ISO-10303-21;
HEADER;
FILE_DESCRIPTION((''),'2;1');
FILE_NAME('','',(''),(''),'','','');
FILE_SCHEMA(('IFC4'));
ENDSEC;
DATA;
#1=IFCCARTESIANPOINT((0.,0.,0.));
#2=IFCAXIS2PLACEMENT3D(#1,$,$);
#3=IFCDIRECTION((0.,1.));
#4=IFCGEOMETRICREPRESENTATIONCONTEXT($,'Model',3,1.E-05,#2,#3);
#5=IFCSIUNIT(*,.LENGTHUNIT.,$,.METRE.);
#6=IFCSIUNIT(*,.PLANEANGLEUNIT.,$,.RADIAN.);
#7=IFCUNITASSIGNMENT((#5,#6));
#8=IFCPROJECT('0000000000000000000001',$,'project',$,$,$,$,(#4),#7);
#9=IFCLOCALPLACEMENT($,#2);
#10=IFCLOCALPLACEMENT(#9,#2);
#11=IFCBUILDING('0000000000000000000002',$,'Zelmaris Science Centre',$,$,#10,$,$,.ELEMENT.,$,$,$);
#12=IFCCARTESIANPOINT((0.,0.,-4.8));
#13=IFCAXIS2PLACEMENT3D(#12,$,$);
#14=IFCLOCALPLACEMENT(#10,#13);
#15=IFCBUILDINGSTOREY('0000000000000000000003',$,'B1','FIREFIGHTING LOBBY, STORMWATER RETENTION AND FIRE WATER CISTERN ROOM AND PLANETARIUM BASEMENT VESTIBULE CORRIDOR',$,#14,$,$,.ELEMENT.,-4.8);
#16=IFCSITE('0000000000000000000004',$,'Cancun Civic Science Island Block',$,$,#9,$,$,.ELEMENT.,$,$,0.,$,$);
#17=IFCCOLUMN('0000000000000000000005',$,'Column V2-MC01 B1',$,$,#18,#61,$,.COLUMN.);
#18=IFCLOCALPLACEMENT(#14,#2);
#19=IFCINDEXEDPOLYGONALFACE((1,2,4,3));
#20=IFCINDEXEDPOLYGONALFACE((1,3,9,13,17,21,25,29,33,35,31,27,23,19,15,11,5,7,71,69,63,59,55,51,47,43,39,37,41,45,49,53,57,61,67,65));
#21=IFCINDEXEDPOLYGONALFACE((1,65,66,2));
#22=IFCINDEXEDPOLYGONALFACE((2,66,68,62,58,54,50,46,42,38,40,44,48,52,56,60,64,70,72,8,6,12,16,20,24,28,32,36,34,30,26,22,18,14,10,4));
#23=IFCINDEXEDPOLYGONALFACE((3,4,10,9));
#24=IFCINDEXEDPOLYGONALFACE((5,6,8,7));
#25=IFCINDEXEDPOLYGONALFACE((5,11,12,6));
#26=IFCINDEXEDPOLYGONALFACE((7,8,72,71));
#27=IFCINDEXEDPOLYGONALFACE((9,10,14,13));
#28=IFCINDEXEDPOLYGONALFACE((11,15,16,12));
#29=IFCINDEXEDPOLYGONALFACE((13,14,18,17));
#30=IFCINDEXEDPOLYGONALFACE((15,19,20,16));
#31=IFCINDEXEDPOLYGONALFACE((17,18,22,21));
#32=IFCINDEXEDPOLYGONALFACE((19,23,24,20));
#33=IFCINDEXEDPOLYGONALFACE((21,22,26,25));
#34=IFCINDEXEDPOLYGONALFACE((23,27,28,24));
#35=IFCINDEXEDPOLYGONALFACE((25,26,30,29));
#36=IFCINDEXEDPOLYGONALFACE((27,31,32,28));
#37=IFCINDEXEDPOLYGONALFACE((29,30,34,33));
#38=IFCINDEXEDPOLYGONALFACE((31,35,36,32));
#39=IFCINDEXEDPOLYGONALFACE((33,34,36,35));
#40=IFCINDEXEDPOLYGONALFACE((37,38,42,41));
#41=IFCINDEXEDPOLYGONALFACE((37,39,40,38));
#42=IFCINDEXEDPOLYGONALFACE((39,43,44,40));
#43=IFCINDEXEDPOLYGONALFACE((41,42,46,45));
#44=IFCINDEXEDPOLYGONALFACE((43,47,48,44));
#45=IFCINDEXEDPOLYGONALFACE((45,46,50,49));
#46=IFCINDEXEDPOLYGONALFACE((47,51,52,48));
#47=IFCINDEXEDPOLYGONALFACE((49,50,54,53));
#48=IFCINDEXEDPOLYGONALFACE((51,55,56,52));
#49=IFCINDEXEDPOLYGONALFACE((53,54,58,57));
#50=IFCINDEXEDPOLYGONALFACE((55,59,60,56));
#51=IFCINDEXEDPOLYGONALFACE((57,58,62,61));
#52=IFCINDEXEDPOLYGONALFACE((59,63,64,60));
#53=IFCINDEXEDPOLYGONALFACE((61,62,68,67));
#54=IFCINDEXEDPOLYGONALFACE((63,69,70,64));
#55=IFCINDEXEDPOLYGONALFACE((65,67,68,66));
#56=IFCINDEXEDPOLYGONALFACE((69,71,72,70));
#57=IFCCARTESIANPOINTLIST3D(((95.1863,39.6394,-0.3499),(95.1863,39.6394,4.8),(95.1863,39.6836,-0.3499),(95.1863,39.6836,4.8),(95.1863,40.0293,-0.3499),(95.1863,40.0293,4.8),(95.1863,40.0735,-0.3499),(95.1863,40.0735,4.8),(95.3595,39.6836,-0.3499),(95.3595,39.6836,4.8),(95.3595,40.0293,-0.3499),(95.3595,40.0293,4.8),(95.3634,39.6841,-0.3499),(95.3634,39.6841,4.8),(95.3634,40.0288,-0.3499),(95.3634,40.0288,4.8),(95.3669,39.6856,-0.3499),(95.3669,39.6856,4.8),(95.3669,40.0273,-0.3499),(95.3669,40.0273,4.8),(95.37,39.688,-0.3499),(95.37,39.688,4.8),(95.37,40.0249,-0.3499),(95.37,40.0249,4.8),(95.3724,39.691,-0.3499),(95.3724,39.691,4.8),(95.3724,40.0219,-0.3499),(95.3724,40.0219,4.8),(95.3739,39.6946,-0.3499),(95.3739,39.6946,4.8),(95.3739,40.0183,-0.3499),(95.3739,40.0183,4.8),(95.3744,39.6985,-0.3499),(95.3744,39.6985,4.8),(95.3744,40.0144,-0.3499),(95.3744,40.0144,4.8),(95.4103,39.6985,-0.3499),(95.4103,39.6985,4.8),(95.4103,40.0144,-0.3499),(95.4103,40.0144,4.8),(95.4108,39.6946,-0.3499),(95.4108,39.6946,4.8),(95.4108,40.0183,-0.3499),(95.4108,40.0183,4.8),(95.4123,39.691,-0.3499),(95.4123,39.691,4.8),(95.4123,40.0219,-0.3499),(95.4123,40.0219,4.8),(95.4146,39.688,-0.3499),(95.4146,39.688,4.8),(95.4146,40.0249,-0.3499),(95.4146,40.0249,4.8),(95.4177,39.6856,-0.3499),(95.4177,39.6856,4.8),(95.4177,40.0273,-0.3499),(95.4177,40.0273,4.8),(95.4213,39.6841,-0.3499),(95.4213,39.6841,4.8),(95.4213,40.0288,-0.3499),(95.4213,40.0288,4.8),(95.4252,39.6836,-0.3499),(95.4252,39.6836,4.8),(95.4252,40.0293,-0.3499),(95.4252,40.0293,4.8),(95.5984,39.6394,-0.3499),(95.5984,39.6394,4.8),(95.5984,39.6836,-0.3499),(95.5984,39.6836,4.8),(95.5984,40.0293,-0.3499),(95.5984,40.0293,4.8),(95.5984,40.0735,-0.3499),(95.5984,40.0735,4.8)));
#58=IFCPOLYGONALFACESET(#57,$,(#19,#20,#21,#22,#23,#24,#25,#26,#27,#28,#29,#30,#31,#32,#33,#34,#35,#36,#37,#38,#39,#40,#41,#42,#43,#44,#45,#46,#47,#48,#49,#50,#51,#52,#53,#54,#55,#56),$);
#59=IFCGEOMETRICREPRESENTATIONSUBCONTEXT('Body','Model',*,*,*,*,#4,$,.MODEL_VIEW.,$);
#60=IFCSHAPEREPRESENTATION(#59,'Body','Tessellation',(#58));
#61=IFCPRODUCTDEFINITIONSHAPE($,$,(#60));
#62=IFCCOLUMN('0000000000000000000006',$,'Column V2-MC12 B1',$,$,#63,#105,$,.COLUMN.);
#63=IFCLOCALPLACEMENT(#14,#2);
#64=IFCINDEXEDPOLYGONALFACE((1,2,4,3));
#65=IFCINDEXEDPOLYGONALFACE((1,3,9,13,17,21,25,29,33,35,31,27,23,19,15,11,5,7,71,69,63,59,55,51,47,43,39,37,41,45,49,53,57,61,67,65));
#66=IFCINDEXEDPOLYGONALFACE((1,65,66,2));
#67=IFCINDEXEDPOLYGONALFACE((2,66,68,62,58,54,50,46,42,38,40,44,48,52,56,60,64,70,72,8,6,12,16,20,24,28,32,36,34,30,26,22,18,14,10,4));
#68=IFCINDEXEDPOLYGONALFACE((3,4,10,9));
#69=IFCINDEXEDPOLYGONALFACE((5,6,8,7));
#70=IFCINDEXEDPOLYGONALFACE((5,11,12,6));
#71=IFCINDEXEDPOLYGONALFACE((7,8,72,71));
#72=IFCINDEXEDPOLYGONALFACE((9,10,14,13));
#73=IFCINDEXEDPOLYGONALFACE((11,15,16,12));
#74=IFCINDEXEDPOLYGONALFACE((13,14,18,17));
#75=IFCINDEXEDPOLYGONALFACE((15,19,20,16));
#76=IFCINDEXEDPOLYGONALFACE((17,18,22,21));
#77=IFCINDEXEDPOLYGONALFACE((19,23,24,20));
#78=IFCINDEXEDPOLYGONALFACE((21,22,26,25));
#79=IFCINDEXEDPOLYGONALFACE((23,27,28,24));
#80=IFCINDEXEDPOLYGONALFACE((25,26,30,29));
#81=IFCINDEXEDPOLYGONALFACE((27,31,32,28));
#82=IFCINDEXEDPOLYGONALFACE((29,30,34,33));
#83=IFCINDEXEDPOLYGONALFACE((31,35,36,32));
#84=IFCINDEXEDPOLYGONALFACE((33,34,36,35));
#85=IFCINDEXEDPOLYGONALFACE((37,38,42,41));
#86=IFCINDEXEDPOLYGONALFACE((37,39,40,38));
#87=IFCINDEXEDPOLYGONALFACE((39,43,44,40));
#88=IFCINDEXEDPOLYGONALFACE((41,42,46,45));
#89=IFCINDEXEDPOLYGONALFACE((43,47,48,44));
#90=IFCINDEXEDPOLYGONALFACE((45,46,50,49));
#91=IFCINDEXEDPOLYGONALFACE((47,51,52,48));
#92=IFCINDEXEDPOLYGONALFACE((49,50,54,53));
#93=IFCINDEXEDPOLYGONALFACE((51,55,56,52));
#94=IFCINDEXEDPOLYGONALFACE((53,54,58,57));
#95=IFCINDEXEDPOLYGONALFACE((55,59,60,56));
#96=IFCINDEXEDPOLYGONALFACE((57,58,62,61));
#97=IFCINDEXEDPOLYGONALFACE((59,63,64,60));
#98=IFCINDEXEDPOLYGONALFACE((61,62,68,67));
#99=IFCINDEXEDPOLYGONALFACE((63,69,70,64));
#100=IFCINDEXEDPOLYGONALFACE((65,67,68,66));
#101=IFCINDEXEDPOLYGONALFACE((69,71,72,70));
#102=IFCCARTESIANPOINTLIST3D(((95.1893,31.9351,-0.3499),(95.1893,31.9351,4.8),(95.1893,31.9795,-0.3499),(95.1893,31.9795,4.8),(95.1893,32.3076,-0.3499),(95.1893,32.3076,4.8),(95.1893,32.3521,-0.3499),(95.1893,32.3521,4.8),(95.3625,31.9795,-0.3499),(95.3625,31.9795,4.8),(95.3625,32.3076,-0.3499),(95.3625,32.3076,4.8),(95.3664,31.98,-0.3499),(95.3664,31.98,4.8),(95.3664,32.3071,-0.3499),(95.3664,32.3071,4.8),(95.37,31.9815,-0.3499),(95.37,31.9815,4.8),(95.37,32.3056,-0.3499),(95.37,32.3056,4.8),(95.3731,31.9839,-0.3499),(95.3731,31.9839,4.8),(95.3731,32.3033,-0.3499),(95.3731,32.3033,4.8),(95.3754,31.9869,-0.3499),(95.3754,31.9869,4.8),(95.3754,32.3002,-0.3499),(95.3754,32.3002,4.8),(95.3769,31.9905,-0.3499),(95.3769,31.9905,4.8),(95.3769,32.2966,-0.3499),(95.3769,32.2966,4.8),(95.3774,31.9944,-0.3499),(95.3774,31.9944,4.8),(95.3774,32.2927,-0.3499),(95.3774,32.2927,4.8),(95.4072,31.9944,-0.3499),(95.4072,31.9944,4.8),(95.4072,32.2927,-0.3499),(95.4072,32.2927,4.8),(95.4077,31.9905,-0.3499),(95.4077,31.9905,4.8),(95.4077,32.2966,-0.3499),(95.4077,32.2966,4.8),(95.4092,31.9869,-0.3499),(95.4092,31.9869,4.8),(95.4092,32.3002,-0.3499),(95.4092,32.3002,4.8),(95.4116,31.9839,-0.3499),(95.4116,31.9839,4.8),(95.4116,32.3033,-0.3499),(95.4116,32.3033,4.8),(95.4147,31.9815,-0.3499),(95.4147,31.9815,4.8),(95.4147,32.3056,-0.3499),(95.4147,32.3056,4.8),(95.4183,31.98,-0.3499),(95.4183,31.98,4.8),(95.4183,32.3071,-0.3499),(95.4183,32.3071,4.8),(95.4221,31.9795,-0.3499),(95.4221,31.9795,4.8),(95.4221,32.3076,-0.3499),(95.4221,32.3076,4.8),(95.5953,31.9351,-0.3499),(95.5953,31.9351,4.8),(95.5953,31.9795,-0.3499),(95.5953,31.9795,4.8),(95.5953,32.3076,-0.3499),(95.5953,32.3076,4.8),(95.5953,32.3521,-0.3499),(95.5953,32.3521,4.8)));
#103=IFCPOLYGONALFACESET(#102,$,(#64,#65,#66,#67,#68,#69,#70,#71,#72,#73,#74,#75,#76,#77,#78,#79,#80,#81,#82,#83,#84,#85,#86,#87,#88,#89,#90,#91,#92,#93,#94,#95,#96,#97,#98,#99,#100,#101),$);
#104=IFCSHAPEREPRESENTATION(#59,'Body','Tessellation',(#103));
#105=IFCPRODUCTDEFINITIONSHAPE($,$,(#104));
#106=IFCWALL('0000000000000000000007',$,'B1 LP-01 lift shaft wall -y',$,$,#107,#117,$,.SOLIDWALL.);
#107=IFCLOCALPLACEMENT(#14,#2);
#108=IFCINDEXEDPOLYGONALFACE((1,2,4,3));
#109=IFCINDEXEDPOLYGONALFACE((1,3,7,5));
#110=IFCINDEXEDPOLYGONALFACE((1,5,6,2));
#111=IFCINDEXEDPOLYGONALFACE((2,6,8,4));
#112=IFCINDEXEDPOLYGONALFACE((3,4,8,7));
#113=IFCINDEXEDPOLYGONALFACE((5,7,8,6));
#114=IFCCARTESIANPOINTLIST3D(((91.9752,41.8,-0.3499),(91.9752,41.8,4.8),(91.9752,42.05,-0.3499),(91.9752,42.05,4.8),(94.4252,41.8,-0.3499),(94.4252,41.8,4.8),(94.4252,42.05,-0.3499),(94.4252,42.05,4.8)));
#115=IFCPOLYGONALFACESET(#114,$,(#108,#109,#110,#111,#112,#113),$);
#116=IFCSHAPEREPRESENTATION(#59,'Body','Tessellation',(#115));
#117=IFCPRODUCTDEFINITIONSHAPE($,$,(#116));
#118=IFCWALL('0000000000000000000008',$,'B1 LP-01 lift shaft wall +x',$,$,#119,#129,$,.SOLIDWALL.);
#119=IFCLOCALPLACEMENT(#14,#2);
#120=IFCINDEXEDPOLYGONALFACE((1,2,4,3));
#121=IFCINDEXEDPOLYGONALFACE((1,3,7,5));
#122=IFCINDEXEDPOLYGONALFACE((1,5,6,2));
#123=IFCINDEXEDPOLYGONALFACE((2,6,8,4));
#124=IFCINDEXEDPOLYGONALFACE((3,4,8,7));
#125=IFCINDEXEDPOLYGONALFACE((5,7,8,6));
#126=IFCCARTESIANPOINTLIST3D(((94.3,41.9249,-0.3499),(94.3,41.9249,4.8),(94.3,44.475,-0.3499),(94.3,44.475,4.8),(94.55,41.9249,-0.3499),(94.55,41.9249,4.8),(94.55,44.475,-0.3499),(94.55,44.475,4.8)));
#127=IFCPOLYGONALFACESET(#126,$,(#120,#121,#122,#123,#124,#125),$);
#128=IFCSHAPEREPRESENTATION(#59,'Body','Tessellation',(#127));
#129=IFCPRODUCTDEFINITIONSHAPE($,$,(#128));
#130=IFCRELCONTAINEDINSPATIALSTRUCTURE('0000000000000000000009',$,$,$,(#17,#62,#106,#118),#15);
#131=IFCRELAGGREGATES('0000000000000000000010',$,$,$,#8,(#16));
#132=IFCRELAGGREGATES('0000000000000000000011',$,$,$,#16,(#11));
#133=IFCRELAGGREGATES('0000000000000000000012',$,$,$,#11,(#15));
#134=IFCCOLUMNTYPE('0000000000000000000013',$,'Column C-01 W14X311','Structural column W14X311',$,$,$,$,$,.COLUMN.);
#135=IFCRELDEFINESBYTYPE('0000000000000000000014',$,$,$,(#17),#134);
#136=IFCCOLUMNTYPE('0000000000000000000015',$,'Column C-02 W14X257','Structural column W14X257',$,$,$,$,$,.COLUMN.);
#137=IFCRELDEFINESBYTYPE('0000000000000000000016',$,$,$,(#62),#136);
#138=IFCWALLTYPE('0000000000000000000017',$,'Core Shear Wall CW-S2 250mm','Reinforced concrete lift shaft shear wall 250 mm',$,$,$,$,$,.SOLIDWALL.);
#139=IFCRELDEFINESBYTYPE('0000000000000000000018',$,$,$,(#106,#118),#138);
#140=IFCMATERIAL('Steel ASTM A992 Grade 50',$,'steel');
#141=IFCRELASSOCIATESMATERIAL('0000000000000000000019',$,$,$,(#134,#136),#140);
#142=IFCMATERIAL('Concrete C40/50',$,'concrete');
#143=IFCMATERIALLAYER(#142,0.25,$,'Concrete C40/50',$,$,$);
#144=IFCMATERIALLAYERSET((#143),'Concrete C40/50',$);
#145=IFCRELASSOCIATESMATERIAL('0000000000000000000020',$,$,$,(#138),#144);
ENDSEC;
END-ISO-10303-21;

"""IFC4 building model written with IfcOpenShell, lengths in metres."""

from ifc_helpers import new_model, si_unit, direction, frame, frame_2d, origin, origin_2d, place, context, subcontext, project, spatial, rectangle, i_section, extrude, material, layer, layer_set, material_profile, profile_set, type_object, element, save


model = new_model("IFC4")

# Units and contexts
model_context = context("Model", 3, precision=1e-05, world=origin(), true_north=direction((0.0, 1.0)))
body_context = subcontext(model_context, "Body", "Model", "MODEL_VIEW")
ifc_project = project(units=[si_unit("LENGTHUNIT", "METRE"), si_unit("PLANEANGLEUNIT", "RADIAN")], contexts=[model_context])

# Site, building, storey
site_placement = place(None, origin())
site = spatial("IfcSite", under=ifc_project, at=site_placement, Name="Cancun Civic Science Island Block", CompositionType="ELEMENT", RefElevation=0.0)
building_placement = place(site_placement, origin())
building = spatial("IfcBuilding", under=site, at=building_placement, Name="Zelmaris Science Centre", CompositionType="ELEMENT")
storey_placement = place(building_placement, frame((0.0, 0.0, -4.8)))
storey = spatial("IfcBuildingStorey", under=building, at=storey_placement, Name="B1", Description="FIREFIGHTING LOBBY, STORMWATER RETENTION AND FIRE WATER CISTERN ROOM AND PLANETARIUM BASEMENT VESTIBULE CORRIDOR", CompositionType="ELEMENT", Elevation=-4.8)

# Shared definitions
ifc_material_1 = material(Name="Concrete C40/50", Category="concrete")

# Columns
ifc_material_2 = material(Name="Steel ASTM A992 Grade 50", Category="steel")
ifc_material_profile_1 = material_profile(ifc_material_2, i_section(OverallWidth=0.4121, OverallDepth=0.4341, WebThickness=0.0359, FlangeThickness=0.0442, FilletRadius=0.0149, at=origin_2d()), Name="W14X311")
ifc_profile_set_1 = profile_set([ifc_material_profile_1], Name="Steel ASTM A992 Grade 50")
column_type_1 = type_object("IfcColumnType", Name="Column C-01 W14X311", Description="Structural column W14X311", PredefinedType="COLUMN", material=ifc_profile_set_1)
column_1_placement = place(storey_placement, frame((95.3923, 39.8564, -0.3499), z_axis=(0.0, 0.0, 1.0), x_axis=(1.0, 0.0, 0.0)))
element("IfcColumn", 1, at=column_1_placement, inside=storey, type_object=column_type_1, Name="Column V2-MC01 B1", PredefinedType="COLUMN", context=body_context, shape_type="SweptSolid", body=[
    extrude(i_section(OverallWidth=0.4121, OverallDepth=0.4341, WebThickness=0.0359, FlangeThickness=0.0442, FilletRadius=0.0149, at=origin_2d()), origin(), (0.0, 0.0, 1.0), 5.1499),
])
ifc_material_profile_2 = material_profile(ifc_material_2, i_section(OverallWidth=0.406, OverallDepth=0.417, WebThickness=0.0298, FlangeThickness=0.0444, FilletRadius=0.0149, at=origin_2d()), Name="W14X257")
ifc_profile_set_2 = profile_set([ifc_material_profile_2], Name="Steel ASTM A992 Grade 50")
column_type_2 = type_object("IfcColumnType", Name="Column C-02 W14X257", Description="Structural column W14X257", PredefinedType="COLUMN", material=ifc_profile_set_2)
column_2_placement = place(storey_placement, frame((95.3923, 32.1436, -0.3499), z_axis=(0.0, 0.0, 1.0), x_axis=(1.0, 0.0, 0.0)))
element("IfcColumn", 2, at=column_2_placement, inside=storey, type_object=column_type_2, Name="Column V2-MC12 B1", PredefinedType="COLUMN", context=body_context, shape_type="SweptSolid", body=[
    extrude(i_section(OverallWidth=0.406, OverallDepth=0.417, WebThickness=0.0298, FlangeThickness=0.0444, FilletRadius=0.0149, at=origin_2d()), origin(), (0.0, 0.0, 1.0), 5.1499),
])

# Walls
ifc_layer = layer(ifc_material_1, 0.25, Name="Concrete C40/50")
ifc_layer_set = layer_set([ifc_layer], Name="Concrete C40/50")
wall_type = type_object("IfcWallType", Name="Core Shear Wall CW-S2 250mm", Description="Reinforced concrete lift shaft shear wall 250 mm", PredefinedType="SOLIDWALL", material=ifc_layer_set)
wall_1_placement = place(storey_placement, frame((91.9751, 41.925, -0.3499), z_axis=(0.0, 0.0, 1.0), x_axis=(1.0, 0.0, 0.0)))
element("IfcWall", 3, at=wall_1_placement, inside=storey, type_object=wall_type, Name="B1 LP-01 lift shaft wall -y", PredefinedType="SOLIDWALL", context=body_context, shape_type="SweptSolid", body=[
    extrude(rectangle(XDim=2.45, YDim=0.25, at=frame_2d((1.2251, 0.0))), origin(), (0.0, 0.0, 1.0), 5.1499),
])
wall_2_placement = place(storey_placement, frame((94.425, 41.925, -0.3499), z_axis=(0.0, 0.0, 1.0), x_axis=(0.0, 1.0, 0.0)))
element("IfcWall", 4, at=wall_2_placement, inside=storey, type_object=wall_type, Name="B1 LP-01 lift shaft wall +x", PredefinedType="SOLIDWALL", context=body_context, shape_type="SweptSolid", body=[
    extrude(rectangle(XDim=2.55, YDim=0.25, at=frame_2d((1.2749, 0.0))), origin(), (0.0, 0.0, 1.0), 5.1499),
])

save(model, "model.ifc")
